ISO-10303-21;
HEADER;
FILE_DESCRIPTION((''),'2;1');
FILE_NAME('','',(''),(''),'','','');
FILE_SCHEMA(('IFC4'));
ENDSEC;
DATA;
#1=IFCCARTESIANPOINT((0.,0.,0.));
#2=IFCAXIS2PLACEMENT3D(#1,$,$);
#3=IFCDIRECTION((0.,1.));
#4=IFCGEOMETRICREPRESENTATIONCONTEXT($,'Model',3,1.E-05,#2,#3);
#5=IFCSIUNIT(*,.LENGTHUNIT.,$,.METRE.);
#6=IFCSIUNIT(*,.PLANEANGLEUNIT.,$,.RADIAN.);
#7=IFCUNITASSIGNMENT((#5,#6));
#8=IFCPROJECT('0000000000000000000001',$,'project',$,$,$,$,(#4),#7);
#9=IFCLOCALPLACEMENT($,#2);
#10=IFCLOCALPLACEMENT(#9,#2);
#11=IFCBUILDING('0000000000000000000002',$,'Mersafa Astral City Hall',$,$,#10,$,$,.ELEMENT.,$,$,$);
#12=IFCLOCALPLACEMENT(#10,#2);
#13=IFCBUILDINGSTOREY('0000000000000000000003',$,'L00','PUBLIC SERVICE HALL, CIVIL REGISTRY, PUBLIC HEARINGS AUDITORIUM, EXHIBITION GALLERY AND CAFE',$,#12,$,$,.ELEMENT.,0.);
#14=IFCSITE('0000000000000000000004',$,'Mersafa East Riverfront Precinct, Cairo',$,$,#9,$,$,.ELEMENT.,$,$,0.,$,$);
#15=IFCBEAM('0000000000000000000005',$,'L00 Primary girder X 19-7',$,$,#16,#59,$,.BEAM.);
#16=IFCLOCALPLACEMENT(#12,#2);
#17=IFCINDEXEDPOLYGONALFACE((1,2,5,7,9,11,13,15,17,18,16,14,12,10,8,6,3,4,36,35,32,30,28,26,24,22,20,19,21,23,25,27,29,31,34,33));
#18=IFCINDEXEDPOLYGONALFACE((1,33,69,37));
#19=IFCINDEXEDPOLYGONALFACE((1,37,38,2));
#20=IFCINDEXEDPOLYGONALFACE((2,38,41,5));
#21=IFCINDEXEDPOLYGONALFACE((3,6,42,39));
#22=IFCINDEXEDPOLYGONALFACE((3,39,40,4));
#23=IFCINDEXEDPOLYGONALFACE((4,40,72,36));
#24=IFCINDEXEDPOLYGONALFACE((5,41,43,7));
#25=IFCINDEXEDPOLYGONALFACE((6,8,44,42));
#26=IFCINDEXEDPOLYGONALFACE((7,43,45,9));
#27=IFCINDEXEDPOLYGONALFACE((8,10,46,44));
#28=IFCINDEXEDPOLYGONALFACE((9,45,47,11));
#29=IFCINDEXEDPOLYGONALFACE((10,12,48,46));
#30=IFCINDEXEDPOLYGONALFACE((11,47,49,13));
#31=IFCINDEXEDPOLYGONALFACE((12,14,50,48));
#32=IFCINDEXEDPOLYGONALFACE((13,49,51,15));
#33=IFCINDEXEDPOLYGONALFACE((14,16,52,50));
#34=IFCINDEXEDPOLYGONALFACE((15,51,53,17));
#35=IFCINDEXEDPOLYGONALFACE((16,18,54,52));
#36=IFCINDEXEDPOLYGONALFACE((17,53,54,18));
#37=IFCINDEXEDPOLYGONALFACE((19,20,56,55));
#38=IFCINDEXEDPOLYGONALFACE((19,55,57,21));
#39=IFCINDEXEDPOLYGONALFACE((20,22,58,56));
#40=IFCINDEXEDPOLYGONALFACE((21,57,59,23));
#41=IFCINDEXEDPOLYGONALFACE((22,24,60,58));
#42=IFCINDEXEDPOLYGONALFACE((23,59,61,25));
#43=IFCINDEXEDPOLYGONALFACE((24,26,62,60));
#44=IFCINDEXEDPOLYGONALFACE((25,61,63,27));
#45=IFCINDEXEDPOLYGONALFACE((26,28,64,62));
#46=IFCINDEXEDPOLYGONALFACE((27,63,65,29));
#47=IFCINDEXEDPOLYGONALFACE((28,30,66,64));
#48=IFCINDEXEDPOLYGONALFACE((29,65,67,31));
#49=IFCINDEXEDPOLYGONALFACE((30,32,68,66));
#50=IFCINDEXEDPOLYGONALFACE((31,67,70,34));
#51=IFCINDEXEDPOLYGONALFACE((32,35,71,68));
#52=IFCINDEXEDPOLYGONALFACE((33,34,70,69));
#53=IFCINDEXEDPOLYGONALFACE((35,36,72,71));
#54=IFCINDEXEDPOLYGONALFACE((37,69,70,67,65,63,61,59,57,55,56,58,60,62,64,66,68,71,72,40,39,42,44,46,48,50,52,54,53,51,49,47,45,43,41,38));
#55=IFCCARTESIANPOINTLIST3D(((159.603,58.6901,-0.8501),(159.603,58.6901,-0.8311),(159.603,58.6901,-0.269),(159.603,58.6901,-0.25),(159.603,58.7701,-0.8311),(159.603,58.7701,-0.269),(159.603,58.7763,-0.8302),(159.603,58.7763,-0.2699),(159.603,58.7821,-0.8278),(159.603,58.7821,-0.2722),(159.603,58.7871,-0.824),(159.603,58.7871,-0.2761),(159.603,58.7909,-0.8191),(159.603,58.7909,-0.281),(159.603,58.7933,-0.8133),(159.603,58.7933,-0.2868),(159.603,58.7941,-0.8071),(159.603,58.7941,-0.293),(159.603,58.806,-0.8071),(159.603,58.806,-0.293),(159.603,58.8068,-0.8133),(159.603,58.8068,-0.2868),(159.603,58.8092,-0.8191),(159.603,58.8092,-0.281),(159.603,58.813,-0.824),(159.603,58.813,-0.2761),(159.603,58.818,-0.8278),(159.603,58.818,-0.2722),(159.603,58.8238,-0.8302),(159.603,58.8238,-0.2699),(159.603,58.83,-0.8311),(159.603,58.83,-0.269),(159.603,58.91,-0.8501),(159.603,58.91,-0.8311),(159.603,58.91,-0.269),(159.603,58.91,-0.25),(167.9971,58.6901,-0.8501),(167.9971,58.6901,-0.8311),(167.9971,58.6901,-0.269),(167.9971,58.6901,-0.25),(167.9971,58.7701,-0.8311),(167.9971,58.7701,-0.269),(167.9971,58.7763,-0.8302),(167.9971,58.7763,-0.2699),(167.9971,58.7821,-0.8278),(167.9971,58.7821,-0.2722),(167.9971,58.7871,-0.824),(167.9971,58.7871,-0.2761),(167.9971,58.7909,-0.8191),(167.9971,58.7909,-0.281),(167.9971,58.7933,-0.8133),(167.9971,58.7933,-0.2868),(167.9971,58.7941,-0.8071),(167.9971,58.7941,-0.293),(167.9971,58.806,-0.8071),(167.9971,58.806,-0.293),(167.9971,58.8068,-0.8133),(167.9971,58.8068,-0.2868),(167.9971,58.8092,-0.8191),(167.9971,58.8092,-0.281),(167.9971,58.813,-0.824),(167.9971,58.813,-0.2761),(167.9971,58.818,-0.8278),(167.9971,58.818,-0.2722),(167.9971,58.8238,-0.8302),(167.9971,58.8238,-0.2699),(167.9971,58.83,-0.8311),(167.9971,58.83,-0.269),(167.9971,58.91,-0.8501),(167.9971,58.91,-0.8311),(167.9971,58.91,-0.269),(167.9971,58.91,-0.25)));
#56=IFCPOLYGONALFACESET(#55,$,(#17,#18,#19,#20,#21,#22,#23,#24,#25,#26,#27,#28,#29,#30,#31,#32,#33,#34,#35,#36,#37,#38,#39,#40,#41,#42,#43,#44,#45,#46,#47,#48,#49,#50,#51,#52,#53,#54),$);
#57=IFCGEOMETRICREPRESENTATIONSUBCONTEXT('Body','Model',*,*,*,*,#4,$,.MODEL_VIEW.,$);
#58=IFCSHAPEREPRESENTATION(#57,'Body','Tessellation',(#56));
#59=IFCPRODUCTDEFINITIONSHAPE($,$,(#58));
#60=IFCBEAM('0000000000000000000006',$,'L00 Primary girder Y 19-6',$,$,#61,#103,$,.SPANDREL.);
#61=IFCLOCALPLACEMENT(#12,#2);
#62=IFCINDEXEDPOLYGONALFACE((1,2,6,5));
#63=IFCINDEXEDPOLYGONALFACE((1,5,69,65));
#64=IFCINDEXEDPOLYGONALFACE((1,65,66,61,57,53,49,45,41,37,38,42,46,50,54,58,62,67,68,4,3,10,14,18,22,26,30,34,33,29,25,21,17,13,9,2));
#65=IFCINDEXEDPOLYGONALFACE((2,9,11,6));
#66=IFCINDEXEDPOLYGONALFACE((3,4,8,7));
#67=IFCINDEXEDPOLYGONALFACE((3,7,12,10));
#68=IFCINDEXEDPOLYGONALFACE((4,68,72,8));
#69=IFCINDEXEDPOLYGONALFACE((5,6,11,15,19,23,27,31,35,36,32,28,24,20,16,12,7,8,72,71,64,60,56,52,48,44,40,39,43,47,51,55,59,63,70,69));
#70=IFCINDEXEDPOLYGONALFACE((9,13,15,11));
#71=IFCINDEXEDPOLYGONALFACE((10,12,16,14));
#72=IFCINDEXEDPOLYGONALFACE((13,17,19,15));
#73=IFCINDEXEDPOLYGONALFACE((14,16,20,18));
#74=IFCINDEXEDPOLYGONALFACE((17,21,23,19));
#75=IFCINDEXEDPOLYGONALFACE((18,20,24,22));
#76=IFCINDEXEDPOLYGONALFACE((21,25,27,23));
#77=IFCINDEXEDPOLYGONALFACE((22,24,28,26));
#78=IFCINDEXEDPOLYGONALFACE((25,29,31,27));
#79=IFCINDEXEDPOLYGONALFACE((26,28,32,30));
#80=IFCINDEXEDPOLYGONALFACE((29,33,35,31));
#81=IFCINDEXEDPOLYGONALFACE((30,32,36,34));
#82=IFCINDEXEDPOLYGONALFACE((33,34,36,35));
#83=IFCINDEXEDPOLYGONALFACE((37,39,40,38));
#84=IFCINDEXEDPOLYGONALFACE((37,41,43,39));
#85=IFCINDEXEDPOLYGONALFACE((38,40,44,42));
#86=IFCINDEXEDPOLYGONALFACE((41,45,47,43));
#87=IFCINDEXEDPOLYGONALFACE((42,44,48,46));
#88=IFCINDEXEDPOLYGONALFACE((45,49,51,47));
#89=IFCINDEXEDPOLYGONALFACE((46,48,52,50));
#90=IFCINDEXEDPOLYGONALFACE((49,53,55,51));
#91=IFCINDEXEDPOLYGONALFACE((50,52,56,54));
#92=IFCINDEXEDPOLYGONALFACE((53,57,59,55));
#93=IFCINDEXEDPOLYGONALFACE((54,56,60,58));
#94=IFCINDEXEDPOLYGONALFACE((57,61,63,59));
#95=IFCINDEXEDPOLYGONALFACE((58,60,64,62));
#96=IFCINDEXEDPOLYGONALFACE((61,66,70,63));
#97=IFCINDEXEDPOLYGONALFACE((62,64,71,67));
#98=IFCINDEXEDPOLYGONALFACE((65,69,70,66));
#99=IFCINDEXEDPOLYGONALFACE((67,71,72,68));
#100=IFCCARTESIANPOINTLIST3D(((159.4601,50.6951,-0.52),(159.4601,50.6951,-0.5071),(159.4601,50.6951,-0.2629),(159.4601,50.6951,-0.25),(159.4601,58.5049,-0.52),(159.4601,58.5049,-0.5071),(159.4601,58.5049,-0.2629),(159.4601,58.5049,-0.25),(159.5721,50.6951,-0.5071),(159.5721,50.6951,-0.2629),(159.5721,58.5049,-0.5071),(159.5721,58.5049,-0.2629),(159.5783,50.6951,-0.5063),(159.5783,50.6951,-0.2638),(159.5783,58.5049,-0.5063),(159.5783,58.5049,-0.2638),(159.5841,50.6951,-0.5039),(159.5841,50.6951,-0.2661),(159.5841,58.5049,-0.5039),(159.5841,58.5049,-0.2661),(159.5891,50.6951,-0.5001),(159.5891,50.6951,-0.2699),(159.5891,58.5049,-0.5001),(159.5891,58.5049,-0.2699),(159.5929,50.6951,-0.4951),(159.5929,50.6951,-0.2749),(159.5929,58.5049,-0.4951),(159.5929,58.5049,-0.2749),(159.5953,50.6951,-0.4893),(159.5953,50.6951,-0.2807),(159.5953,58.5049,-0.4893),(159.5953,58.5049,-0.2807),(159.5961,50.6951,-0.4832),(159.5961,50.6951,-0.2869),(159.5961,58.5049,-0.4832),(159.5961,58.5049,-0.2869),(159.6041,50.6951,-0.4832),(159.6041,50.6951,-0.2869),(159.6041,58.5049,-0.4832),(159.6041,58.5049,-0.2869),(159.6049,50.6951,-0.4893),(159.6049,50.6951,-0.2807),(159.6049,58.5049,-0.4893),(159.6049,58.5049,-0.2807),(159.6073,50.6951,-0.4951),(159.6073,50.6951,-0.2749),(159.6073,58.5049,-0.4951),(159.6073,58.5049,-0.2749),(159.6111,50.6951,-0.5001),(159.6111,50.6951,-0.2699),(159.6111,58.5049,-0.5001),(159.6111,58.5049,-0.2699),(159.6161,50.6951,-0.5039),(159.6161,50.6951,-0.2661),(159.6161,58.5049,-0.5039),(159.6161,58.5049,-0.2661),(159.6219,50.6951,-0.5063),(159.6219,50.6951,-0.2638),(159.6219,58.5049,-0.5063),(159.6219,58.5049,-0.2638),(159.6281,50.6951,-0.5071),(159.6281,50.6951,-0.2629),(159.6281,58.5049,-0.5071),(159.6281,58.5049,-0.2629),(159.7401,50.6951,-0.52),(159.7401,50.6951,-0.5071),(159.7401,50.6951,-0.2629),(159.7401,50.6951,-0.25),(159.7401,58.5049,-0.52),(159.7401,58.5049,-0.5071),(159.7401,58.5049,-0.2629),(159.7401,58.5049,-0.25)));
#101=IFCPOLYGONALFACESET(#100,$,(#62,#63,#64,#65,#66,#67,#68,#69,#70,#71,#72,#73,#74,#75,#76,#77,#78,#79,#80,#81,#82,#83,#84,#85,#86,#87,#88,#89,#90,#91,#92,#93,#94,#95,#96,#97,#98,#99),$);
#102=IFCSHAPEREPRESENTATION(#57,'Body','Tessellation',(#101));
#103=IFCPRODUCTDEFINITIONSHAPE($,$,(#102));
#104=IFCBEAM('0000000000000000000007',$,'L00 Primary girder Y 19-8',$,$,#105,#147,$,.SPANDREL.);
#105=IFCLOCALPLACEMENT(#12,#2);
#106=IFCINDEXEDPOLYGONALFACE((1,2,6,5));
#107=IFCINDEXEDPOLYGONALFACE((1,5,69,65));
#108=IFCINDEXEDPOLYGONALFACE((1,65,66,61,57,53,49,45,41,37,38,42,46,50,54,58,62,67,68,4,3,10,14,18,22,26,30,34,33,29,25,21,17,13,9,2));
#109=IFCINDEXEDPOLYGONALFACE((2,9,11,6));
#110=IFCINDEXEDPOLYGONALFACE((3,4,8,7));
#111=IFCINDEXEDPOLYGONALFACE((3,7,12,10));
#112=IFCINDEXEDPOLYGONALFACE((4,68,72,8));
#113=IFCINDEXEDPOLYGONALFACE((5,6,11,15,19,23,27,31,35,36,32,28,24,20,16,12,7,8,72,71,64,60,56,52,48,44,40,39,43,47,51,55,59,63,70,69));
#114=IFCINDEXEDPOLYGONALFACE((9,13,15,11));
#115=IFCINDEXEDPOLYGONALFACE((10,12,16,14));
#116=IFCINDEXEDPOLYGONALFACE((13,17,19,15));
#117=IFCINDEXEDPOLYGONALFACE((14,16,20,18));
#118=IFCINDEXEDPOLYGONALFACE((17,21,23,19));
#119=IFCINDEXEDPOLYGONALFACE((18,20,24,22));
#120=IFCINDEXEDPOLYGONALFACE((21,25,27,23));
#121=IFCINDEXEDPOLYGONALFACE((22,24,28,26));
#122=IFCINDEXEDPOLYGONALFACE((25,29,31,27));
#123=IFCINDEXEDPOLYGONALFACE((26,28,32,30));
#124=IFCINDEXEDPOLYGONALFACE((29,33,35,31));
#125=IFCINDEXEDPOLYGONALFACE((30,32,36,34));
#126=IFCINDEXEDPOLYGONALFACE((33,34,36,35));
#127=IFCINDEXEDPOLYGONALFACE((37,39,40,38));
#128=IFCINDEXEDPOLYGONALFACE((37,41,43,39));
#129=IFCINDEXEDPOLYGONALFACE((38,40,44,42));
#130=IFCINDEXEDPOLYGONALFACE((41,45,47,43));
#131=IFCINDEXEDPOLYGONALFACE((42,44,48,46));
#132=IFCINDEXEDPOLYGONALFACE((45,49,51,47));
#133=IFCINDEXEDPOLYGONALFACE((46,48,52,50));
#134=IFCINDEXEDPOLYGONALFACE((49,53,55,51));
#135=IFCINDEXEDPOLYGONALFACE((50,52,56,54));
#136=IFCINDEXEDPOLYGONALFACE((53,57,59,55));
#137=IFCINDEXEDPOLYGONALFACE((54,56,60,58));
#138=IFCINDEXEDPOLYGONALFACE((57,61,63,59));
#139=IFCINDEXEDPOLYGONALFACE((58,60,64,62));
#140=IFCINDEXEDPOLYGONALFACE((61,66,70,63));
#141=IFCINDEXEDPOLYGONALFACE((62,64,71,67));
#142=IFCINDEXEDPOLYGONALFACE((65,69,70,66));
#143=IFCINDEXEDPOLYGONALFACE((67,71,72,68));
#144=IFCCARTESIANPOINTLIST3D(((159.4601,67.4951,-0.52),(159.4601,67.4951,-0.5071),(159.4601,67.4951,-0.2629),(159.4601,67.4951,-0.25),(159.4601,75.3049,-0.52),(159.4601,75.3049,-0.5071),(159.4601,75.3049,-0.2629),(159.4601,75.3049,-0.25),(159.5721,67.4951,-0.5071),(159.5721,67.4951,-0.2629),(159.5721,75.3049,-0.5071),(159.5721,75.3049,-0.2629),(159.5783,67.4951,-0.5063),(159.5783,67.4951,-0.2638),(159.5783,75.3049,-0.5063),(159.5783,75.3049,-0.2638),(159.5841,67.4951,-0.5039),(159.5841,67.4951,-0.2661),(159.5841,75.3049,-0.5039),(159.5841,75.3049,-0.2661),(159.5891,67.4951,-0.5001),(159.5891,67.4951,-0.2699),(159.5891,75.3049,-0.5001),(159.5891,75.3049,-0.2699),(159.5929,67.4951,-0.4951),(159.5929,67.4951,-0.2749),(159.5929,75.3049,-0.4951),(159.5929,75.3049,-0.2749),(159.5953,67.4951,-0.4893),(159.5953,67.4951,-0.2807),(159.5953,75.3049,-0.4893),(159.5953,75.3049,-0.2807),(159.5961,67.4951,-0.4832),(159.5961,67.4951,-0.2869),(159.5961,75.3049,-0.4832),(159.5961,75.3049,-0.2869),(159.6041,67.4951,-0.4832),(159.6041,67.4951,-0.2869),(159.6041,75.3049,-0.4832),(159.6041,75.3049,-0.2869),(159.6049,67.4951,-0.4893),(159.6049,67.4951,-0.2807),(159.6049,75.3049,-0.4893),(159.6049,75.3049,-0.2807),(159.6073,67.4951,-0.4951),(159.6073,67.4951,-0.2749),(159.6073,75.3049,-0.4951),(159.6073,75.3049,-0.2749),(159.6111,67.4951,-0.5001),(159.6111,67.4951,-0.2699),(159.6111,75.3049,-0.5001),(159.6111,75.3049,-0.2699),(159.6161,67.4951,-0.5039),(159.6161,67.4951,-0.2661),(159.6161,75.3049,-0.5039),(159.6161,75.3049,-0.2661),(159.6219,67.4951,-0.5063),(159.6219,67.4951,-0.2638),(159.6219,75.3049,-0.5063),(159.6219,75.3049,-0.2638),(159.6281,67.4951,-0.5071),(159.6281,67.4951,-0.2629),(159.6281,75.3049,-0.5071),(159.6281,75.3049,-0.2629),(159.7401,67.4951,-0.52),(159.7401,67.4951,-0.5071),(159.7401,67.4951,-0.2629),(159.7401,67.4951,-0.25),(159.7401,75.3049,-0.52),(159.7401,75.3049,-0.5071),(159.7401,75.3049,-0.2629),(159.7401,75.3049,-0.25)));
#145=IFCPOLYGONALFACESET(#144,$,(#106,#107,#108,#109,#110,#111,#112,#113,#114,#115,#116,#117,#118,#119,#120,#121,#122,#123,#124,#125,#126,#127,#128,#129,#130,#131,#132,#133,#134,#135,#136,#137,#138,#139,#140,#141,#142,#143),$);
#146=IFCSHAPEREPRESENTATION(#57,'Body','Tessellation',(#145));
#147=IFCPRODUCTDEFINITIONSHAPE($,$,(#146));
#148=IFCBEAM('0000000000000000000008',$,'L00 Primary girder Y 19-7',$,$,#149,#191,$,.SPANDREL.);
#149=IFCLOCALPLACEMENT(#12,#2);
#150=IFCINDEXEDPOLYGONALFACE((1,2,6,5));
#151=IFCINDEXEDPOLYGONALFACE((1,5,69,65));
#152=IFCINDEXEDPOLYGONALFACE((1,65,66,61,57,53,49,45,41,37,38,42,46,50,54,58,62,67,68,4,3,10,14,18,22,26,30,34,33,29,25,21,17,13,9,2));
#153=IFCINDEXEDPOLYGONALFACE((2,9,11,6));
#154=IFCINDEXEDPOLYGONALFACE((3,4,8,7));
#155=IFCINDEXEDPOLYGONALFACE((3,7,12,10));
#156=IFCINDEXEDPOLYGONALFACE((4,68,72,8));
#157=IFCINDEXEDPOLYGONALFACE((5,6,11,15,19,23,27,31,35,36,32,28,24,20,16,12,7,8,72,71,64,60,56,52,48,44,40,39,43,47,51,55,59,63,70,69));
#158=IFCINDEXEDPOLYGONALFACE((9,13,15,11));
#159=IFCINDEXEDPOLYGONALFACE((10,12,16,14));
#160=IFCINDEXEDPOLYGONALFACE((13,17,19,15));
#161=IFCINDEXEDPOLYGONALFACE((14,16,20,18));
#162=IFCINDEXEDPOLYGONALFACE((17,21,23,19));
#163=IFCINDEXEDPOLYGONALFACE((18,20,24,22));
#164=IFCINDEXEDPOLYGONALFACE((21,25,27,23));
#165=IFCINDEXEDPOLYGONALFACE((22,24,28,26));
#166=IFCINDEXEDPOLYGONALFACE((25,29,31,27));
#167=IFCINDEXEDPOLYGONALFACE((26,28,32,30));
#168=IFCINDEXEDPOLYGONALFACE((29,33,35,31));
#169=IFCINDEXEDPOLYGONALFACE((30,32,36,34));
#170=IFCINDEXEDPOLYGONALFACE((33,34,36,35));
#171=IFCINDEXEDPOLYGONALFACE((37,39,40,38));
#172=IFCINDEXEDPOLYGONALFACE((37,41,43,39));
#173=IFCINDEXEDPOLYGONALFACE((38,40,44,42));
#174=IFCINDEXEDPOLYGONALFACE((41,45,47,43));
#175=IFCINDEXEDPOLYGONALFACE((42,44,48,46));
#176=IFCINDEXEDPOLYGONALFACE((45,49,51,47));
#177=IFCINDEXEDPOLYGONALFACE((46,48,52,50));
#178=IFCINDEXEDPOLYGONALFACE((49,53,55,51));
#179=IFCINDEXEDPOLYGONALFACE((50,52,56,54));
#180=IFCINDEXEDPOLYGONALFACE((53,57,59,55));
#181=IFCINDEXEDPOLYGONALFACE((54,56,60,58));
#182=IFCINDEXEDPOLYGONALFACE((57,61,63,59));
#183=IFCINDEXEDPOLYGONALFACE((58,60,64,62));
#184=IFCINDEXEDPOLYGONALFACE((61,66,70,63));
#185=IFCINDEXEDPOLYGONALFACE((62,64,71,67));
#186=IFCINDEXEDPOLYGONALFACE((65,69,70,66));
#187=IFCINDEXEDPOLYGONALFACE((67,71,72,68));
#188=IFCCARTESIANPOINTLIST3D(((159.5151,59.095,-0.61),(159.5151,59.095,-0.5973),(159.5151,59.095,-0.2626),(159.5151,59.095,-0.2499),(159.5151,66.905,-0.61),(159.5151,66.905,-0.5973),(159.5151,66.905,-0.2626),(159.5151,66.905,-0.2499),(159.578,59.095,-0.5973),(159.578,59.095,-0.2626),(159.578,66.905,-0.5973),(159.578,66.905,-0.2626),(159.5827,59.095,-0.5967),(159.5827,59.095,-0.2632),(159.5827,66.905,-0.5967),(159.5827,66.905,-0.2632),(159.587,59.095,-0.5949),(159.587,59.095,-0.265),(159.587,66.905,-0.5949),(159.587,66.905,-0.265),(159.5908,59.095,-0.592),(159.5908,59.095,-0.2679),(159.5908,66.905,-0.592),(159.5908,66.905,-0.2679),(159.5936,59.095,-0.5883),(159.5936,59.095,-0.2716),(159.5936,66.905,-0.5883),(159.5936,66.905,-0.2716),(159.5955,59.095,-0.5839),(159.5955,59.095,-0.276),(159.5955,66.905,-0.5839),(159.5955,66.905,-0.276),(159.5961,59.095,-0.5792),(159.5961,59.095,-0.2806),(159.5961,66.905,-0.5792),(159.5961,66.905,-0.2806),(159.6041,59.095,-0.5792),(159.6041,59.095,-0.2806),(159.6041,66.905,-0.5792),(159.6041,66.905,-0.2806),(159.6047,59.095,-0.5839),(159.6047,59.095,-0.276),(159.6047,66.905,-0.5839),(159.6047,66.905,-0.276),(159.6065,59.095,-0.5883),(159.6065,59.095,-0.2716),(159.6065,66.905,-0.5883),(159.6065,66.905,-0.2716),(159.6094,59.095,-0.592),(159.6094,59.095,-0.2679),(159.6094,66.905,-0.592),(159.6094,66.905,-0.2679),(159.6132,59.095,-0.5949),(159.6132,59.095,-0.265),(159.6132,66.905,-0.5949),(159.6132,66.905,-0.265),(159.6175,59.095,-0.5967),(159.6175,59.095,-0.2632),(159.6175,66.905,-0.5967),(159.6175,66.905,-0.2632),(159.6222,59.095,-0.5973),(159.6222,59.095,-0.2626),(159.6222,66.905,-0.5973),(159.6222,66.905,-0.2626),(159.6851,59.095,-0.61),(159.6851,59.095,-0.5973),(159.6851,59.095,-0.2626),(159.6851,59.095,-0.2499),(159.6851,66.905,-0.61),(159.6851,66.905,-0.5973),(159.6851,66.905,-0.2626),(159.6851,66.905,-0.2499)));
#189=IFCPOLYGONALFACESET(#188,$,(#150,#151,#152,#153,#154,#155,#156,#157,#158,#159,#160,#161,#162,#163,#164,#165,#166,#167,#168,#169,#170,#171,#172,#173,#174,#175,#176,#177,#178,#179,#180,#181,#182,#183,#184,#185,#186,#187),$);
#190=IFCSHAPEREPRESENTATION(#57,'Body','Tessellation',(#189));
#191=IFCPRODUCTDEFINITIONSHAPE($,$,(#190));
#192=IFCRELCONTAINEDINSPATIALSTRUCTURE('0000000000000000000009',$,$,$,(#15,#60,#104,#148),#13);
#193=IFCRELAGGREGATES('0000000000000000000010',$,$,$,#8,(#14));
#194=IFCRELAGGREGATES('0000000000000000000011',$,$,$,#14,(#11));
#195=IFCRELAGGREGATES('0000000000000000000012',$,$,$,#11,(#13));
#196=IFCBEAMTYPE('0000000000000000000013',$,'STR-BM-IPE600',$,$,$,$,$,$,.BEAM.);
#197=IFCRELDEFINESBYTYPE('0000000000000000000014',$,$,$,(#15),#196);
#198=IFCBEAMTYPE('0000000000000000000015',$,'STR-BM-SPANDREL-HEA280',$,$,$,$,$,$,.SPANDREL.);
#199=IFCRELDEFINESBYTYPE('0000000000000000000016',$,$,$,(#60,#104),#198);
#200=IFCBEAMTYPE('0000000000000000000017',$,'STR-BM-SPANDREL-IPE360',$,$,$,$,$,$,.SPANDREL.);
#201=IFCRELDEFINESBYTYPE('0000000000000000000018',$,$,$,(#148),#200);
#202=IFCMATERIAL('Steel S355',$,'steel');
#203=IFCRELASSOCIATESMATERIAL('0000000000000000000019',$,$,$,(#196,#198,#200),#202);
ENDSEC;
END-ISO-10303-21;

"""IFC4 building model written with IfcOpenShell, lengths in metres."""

from ifc_helpers import new_model, si_unit, direction, frame, origin, origin_2d, place, context, subcontext, project, spatial, i_section, extrude, material, material_profile, profile_set, type_object, element, save


model = new_model("IFC4")

# Units and contexts
model_context = context("Model", 3, precision=1e-05, world=origin(), true_north=direction((0.0, 1.0)))
body_context = subcontext(model_context, "Body", "Model", "MODEL_VIEW")
ifc_project = project(units=[si_unit("LENGTHUNIT", "METRE"), si_unit("PLANEANGLEUNIT", "RADIAN")], contexts=[model_context])

# Site, building, storey
site_placement = place(None, origin())
site = spatial("IfcSite", under=ifc_project, at=site_placement, Name="Mersafa East Riverfront Precinct, Cairo", CompositionType="ELEMENT", RefElevation=0.0)
building_placement = place(site_placement, origin())
building = spatial("IfcBuilding", under=site, at=building_placement, Name="Mersafa Astral City Hall", CompositionType="ELEMENT")
storey_placement = place(building_placement, origin())
storey = spatial("IfcBuildingStorey", under=building, at=storey_placement, Name="L00", Description="PUBLIC SERVICE HALL, CIVIL REGISTRY, PUBLIC HEARINGS AUDITORIUM, EXHIBITION GALLERY AND CAFE", CompositionType="ELEMENT", Elevation=0.0)

# Shared definitions
ifc_material_1 = material(Name="Steel S355", Category="steel")

# Beams
ifc_material_profile_1 = material_profile(ifc_material_1, i_section(OverallWidth=0.22, OverallDepth=0.6001, WebThickness=0.012, FlangeThickness=0.019, FilletRadius=0.0239, at=origin_2d()), Name="IPE 600")
ifc_profile_set_1 = profile_set([ifc_material_profile_1], Name="Steel S355")
beam_type_1 = type_object("IfcBeamType", Name="STR-BM-IPE600", PredefinedType="BEAM", material=ifc_profile_set_1)
beam_1_placement = place(storey_placement, frame((159.603, 58.8, -0.55), z_axis=(1.0, 0.0, 0.0), x_axis=(0.0, 1.0, 0.0)))
element("IfcBeam", 1, at=beam_1_placement, inside=storey, type_object=beam_type_1, Name="L00 Primary girder X 19-7", PredefinedType="BEAM", context=body_context, shape_type="SweptSolid", body=[
    extrude(i_section(OverallWidth=0.22, OverallDepth=0.6001, WebThickness=0.012, FlangeThickness=0.019, FilletRadius=0.0239, at=origin_2d()), origin(), (0.0, 0.0, 1.0), 8.394),
])
ifc_material_profile_2 = material_profile(ifc_material_1, i_section(OverallWidth=0.28, OverallDepth=0.27, WebThickness=0.0081, FlangeThickness=0.0129, FilletRadius=0.0239, at=origin_2d()), Name="HEA 280")
ifc_profile_set_2 = profile_set([ifc_material_profile_2], Name="Steel S355")
beam_type_2 = type_object("IfcBeamType", Name="STR-BM-SPANDREL-HEA280", PredefinedType="SPANDREL", material=ifc_profile_set_2)
for number, where, z_axis, x_axis, name in (
    (2, (159.6001, 50.6951, -0.385), (0.0, 1.0, 0.0), (-1.0, 0.0, 0.0), "L00 Primary girder Y 19-6"),
    (3, (159.6001, 67.4951, -0.385), (0.0, 1.0, 0.0), (-1.0, 0.0, 0.0), "L00 Primary girder Y 19-8"),
):
    element("IfcBeam", number, at=place(storey_placement, frame(where, z_axis=z_axis, x_axis=x_axis)), inside=storey, type_object=beam_type_2, Name=name, PredefinedType="SPANDREL", context=body_context, shape_type="SweptSolid", body=[
        extrude(i_section(OverallWidth=0.28, OverallDepth=0.27, WebThickness=0.0081, FlangeThickness=0.0129, FilletRadius=0.0239, at=origin_2d()), origin(), (0.0, 0.0, 1.0), 7.8098),
    ])
ifc_material_profile_3 = material_profile(ifc_material_1, i_section(OverallWidth=0.1699, OverallDepth=0.3601, WebThickness=0.0081, FlangeThickness=0.0127, FilletRadius=0.0181, at=origin_2d()), Name="IPE 360")
ifc_profile_set_3 = profile_set([ifc_material_profile_3], Name="Steel S355")
beam_type_3 = type_object("IfcBeamType", Name="STR-BM-SPANDREL-IPE360", PredefinedType="SPANDREL", material=ifc_profile_set_3)
beam_2_placement = place(storey_placement, frame((159.6001, 59.095, -0.4299), z_axis=(0.0, 1.0, 0.0), x_axis=(-1.0, 0.0, 0.0)))
element("IfcBeam", 4, at=beam_2_placement, inside=storey, type_object=beam_type_3, Name="L00 Primary girder Y 19-7", PredefinedType="SPANDREL", context=body_context, shape_type="SweptSolid", body=[
    extrude(i_section(OverallWidth=0.1699, OverallDepth=0.3601, WebThickness=0.0081, FlangeThickness=0.0127, FilletRadius=0.0181, at=origin_2d()), origin(), (0.0, 0.0, 1.0), 7.8101),
])

save(model, "model.ifc")
